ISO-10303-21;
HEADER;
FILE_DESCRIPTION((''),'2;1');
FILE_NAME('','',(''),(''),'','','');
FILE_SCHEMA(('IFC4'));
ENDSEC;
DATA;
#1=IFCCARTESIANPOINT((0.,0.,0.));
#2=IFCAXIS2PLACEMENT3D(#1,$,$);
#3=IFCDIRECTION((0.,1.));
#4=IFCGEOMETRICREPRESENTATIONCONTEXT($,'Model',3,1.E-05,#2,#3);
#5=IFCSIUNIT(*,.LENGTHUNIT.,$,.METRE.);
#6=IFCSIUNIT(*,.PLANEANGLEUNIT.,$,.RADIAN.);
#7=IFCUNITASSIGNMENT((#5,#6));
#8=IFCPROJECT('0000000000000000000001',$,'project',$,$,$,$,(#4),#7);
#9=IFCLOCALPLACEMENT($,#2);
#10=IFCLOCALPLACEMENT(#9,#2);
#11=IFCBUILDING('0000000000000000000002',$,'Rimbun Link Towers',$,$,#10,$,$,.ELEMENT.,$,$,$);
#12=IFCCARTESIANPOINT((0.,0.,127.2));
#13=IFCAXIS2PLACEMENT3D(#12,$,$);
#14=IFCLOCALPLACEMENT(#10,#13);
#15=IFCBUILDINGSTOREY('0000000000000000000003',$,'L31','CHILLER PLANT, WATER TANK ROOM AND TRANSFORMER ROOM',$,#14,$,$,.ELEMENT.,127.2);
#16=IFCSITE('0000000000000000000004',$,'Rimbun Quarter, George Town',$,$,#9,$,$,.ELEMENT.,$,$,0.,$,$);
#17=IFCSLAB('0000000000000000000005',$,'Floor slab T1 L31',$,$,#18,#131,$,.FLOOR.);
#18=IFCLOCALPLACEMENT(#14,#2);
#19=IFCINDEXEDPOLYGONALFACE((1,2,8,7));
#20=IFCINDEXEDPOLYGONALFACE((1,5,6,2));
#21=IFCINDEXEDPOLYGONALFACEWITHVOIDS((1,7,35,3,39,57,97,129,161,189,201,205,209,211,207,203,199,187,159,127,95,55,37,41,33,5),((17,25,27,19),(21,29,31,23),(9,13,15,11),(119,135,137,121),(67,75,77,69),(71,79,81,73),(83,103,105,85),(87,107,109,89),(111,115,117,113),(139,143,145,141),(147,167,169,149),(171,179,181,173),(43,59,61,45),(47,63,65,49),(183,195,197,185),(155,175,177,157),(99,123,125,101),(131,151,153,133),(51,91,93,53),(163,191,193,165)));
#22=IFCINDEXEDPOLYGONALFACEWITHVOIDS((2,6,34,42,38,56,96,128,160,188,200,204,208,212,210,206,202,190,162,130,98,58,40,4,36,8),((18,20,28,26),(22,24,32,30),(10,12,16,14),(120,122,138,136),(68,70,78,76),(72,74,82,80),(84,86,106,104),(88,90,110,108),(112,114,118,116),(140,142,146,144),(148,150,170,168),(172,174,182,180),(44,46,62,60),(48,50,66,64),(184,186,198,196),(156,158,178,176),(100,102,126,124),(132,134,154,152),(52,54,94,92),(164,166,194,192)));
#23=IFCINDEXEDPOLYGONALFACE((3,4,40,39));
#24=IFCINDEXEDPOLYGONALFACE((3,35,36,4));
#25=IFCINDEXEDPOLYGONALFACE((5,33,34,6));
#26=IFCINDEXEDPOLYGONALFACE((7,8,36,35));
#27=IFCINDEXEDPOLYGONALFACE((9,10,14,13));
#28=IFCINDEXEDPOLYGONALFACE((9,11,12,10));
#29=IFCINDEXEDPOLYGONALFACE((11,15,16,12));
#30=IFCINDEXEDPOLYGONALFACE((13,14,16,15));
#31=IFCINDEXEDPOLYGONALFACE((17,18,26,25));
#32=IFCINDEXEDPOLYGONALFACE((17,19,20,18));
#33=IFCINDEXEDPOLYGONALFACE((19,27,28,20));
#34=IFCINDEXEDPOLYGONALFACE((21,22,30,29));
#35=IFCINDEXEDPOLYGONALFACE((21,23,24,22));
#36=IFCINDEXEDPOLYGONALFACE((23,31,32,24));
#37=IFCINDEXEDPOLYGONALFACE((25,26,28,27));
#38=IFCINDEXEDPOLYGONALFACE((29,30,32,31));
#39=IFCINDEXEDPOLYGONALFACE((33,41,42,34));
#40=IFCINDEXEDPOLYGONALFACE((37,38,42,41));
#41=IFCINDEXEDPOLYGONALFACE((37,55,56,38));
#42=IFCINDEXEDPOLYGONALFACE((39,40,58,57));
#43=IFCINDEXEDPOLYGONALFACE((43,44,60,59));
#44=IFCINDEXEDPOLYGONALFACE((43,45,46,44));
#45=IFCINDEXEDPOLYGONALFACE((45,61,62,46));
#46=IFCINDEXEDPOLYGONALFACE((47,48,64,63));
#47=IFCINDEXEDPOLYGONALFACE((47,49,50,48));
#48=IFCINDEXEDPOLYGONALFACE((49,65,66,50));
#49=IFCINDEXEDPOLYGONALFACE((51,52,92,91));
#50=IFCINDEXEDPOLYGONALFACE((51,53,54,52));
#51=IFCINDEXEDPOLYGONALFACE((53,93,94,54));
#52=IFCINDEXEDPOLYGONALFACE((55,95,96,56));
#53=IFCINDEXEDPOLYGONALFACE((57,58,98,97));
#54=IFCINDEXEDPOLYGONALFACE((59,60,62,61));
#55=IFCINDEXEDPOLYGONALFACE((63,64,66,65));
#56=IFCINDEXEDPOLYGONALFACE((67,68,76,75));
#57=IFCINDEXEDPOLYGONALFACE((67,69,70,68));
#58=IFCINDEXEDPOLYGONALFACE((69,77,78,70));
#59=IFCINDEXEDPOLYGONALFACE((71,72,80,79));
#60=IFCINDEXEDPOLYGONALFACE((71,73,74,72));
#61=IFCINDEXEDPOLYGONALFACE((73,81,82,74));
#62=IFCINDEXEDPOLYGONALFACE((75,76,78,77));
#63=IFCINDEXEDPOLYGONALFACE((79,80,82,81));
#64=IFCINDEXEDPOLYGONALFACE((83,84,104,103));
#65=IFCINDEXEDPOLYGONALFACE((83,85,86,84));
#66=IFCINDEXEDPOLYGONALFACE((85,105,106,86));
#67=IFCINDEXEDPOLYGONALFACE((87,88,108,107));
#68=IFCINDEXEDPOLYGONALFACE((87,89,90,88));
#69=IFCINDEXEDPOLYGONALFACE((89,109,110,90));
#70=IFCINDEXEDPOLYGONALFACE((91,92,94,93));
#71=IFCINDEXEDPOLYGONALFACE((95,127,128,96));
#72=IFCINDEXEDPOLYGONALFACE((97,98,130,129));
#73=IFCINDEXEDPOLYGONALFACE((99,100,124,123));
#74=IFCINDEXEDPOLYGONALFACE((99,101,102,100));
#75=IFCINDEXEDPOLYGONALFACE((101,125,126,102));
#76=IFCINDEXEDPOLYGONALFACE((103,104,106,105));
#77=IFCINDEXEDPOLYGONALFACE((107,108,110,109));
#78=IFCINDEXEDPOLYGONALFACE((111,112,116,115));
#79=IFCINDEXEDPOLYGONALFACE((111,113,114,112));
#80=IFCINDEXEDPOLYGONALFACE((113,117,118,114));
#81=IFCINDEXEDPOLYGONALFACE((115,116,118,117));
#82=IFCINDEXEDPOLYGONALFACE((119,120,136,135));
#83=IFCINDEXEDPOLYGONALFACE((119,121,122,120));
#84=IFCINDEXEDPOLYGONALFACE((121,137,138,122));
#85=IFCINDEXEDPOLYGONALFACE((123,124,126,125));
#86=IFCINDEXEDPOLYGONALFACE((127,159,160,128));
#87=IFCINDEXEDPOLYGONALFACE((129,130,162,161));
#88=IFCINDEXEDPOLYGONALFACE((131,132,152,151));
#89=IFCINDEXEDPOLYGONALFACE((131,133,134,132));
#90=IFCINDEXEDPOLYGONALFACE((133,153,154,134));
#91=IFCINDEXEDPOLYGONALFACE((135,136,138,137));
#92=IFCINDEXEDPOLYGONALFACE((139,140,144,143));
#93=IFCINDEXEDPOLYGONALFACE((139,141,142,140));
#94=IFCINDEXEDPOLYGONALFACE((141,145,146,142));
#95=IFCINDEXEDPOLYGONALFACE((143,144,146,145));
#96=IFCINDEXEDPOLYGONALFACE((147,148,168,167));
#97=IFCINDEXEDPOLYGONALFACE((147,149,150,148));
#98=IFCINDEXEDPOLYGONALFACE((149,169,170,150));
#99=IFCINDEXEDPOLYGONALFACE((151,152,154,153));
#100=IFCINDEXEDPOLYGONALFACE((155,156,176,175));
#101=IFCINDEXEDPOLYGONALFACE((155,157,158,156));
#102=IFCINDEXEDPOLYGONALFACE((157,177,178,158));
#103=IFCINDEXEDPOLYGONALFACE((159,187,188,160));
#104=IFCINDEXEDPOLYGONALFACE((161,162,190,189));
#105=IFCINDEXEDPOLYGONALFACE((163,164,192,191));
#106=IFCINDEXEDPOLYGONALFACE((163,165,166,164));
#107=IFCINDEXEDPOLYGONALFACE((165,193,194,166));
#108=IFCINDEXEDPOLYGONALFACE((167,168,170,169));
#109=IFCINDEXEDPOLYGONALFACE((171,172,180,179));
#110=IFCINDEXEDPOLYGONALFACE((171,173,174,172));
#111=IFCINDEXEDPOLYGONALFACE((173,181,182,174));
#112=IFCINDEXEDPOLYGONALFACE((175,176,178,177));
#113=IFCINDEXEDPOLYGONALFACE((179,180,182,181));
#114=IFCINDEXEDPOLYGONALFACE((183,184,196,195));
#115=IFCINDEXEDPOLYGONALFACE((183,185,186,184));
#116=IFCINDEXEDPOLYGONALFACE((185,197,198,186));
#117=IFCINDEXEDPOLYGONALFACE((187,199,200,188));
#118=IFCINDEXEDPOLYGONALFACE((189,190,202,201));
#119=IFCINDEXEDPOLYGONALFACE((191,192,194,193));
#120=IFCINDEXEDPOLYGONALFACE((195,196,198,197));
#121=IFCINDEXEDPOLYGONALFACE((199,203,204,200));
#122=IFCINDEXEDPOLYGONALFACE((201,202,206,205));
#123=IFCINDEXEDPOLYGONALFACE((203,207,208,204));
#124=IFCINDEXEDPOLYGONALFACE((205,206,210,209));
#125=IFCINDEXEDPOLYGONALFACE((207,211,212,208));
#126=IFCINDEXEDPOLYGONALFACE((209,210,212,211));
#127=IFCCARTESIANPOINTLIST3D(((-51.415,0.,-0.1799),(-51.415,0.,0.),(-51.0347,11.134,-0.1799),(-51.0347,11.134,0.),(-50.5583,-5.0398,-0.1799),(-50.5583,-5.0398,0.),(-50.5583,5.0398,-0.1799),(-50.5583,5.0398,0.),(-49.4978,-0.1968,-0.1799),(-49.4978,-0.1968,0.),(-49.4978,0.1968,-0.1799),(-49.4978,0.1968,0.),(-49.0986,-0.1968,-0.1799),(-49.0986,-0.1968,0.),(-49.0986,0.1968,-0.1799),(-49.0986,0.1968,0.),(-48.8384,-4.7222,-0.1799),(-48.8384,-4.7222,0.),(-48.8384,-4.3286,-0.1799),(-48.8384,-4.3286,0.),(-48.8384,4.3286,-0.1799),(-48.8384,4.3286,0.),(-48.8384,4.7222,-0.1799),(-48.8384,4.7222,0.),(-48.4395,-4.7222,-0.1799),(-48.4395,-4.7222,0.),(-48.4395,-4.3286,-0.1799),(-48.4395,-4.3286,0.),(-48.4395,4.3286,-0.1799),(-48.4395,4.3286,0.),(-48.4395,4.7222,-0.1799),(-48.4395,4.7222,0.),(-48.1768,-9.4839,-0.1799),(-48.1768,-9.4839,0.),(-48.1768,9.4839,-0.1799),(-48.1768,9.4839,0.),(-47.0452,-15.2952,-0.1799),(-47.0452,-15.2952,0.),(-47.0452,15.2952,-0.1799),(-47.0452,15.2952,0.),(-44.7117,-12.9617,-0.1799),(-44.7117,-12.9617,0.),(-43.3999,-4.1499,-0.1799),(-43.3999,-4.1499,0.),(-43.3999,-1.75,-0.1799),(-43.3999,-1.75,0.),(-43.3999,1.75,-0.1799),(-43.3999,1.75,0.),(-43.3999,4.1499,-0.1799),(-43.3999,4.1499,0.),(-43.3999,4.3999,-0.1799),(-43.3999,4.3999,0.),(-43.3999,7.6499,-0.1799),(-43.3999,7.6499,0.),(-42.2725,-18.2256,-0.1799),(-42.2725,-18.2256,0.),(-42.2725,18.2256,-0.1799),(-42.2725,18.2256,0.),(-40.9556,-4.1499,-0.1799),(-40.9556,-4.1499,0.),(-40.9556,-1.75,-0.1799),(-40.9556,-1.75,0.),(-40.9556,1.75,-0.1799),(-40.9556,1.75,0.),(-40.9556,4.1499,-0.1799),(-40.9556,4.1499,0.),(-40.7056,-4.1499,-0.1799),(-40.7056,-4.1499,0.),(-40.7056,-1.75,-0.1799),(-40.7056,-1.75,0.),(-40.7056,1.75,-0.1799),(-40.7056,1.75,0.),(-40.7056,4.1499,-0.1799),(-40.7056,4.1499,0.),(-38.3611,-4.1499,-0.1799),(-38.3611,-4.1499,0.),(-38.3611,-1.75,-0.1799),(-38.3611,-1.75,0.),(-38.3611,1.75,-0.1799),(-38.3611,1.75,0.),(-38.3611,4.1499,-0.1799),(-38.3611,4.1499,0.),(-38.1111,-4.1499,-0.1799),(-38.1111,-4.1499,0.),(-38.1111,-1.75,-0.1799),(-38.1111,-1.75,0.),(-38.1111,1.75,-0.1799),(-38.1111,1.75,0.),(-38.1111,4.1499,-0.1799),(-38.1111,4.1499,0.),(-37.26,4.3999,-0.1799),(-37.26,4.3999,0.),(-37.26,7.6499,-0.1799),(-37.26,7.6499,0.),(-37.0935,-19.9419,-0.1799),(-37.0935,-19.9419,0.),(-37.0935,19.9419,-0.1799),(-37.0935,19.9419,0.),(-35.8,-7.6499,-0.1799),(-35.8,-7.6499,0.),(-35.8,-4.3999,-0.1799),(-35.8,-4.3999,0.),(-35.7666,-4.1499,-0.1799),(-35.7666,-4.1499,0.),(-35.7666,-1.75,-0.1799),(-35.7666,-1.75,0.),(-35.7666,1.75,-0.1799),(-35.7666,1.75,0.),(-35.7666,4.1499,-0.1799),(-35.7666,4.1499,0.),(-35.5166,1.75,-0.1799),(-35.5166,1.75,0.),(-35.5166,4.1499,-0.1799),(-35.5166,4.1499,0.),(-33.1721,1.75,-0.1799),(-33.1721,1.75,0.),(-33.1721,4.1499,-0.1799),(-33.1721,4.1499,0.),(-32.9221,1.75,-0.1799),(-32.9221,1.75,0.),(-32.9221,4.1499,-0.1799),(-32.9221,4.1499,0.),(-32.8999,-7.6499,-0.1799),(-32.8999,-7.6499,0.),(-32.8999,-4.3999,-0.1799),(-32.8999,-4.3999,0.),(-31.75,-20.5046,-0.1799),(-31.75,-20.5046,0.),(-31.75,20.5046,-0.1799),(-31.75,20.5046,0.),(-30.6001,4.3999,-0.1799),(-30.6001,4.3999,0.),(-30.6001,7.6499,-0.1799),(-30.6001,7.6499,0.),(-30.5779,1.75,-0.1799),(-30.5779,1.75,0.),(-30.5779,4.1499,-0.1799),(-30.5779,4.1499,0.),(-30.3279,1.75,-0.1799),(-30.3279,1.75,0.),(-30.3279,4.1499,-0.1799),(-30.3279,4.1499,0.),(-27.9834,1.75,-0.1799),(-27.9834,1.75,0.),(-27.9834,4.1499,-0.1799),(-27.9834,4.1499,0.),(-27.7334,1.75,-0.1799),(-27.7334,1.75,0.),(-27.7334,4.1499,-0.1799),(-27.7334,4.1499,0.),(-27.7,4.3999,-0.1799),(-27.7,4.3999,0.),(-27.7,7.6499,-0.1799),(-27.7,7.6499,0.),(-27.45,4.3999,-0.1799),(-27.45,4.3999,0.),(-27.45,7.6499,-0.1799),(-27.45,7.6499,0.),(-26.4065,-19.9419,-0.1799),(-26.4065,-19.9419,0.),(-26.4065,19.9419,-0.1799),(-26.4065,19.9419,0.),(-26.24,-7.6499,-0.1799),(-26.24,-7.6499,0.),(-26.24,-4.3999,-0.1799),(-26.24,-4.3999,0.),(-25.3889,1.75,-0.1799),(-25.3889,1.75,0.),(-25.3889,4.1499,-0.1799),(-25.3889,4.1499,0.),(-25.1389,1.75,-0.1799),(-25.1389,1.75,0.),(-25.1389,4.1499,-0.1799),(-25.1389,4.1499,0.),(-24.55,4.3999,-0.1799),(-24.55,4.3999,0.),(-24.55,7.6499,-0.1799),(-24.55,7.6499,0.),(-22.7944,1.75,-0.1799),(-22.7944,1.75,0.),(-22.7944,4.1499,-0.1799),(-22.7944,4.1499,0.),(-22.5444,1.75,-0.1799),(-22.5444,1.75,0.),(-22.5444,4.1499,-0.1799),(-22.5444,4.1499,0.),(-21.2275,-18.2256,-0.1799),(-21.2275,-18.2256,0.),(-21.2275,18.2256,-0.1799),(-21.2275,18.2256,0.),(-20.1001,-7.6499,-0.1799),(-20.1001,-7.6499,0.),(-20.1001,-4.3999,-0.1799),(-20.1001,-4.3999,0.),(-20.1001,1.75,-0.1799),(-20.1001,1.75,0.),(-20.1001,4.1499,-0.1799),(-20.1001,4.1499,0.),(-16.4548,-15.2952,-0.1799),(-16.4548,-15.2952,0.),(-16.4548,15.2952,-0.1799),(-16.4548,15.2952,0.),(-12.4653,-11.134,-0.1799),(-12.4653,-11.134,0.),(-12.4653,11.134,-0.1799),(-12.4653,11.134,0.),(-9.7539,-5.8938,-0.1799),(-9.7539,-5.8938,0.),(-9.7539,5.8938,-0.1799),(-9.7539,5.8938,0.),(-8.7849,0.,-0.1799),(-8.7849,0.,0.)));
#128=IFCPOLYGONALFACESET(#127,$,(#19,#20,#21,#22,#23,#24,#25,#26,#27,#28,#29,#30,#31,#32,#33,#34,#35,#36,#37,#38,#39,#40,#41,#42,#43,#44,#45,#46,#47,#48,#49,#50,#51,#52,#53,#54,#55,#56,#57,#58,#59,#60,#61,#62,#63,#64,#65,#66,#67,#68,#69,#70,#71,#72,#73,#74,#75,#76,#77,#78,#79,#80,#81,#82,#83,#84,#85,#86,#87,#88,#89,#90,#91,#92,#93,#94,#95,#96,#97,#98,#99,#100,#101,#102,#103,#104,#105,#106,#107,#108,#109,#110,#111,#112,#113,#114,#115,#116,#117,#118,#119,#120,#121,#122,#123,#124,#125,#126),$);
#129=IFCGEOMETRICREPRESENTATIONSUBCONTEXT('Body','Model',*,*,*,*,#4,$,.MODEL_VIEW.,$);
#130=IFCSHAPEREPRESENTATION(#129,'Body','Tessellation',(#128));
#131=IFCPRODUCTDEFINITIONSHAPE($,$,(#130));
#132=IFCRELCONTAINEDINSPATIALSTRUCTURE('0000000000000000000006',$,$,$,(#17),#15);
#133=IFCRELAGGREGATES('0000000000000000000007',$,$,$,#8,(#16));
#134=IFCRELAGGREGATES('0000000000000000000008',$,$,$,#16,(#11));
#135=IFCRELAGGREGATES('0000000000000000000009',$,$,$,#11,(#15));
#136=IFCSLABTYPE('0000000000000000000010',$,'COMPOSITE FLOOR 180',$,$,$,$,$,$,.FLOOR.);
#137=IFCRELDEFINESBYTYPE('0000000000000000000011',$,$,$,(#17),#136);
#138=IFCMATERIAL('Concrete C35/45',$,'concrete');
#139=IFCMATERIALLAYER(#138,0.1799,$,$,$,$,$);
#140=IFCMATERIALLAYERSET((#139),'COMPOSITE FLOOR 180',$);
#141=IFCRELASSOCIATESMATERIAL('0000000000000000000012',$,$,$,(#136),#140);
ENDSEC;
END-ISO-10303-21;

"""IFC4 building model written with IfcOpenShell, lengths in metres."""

from ifc_helpers import new_model, si_unit, direction, frame, origin, place, context, subcontext, project, spatial, polyline, outline, extrude, material, layer, layer_set, type_object, element, save


model = new_model("IFC4")

# Units and contexts
model_context = context("Model", 3, precision=1e-05, world=origin(), true_north=direction((0.0, 1.0)))
body_context = subcontext(model_context, "Body", "Model", "MODEL_VIEW")
ifc_project = project(units=[si_unit("LENGTHUNIT", "METRE"), si_unit("PLANEANGLEUNIT", "RADIAN")], contexts=[model_context])

# Site, building, storey
site_placement = place(None, origin())
site = spatial("IfcSite", under=ifc_project, at=site_placement, Name="Rimbun Quarter, George Town", CompositionType="ELEMENT", RefElevation=0.0)
building_placement = place(site_placement, origin())
building = spatial("IfcBuilding", under=site, at=building_placement, Name="Rimbun Link Towers", CompositionType="ELEMENT")
storey_placement = place(building_placement, frame((0.0, 0.0, 127.2)))
storey = spatial("IfcBuildingStorey", under=building, at=storey_placement, Name="L31", Description="CHILLER PLANT, WATER TANK ROOM AND TRANSFORMER ROOM", CompositionType="ELEMENT", Elevation=127.2)

# Slab
ifc_material_1 = material(Name="Concrete C35/45", Category="concrete")
ifc_layer_1 = layer(ifc_material_1, 0.1799)
ifc_layer_set_1 = layer_set([ifc_layer_1], Name="COMPOSITE FLOOR 180")
slab_type = type_object("IfcSlabType", Name="COMPOSITE FLOOR 180", PredefinedType="FLOOR", material=ifc_layer_set_1)
slab_1_placement = place(storey_placement, frame((0.0, 0.0, -0.1799)))
element("IfcSlab", 1, at=slab_1_placement, inside=storey, type_object=slab_type, Name="Floor slab T1 L31", PredefinedType="FLOOR", context=body_context, shape_type="SweptSolid", body=[
    extrude(outline(polyline([(-47.0452, 15.2952), (-42.2725, 18.2256), (-37.0935, 19.9419), (-31.75, 20.5046), (-26.4065, 19.9419), (-21.2275, 18.2256), (-16.4548, 15.2952), (-12.4653, 11.134), (-9.7539, 5.8938), (-8.7849, 0.0), (-9.7539, -5.8938), (-12.4653, -11.134), (-16.4548, -15.2952), (-21.2275, -18.2256), (-26.4065, -19.9419), (-31.75, -20.5046), (-37.0935, -19.9419), (-42.2725, -18.2256), (-47.0452, -15.2952), (-44.7117, -12.9617), (-48.1768, -9.4839), (-50.5583, -5.0398), (-51.415, 0.0), (-50.5583, 5.0398), (-48.1768, 9.4839), (-51.0347, 11.134), (-47.0452, 15.2952)]), holes=[polyline([(-48.4395, -4.7222), (-48.4395, -4.3286), (-48.8384, -4.3286), (-48.8384, -4.7222), (-48.4395, -4.7222)]), polyline([(-40.9556, -4.1499), (-40.9556, -1.75), (-43.3999, -1.75), (-43.3999, -4.1499), (-40.9556, -4.1499)]), polyline([(-38.3611, -4.1499), (-38.3611, -1.75), (-40.7056, -1.75), (-40.7056, -4.1499), (-38.3611, -4.1499)]), polyline([(-38.1111, -4.1499), (-35.7666, -4.1499), (-35.7666, -1.75), (-38.1111, -1.75), (-38.1111, -4.1499)]), polyline([(-49.4978, -0.1968), (-49.0986, -0.1968), (-49.0986, 0.1968), (-49.4978, 0.1968), (-49.4978, -0.1968)]), polyline([(-40.9556, 1.75), (-40.9556, 4.1499), (-43.3999, 4.1499), (-43.3999, 1.75), (-40.9556, 1.75)]), polyline([(-38.3611, 1.75), (-38.3611, 4.1499), (-40.7056, 4.1499), (-40.7056, 1.75), (-38.3611, 1.75)]), polyline([(-35.7666, 1.75), (-35.7666, 4.1499), (-38.1111, 4.1499), (-38.1111, 1.75), (-35.7666, 1.75)]), polyline([(-48.8384, 4.3286), (-48.4395, 4.3286), (-48.4395, 4.7222), (-48.8384, 4.7222), (-48.8384, 4.3286)]), polyline([(-43.3999, 4.3999), (-37.26, 4.3999), (-37.26, 7.6499), (-43.3999, 7.6499), (-43.3999, 4.3999)]), polyline([(-32.8999, -7.6499), (-32.8999, -4.3999), (-35.8, -4.3999), (-35.8, -7.6499), (-32.8999, -7.6499)]), polyline([(-20.1001, -7.6499), (-20.1001, -4.3999), (-26.24, -4.3999), (-26.24, -7.6499), (-20.1001, -7.6499)]), polyline([(-33.1721, 1.75), (-33.1721, 4.1499), (-35.5166, 4.1499), (-35.5166, 1.75), (-33.1721, 1.75)]), polyline([(-32.9221, 1.75), (-30.5779, 1.75), (-30.5779, 4.1499), (-32.9221, 4.1499), (-32.9221, 1.75)]), polyline([(-30.3279, 1.75), (-27.9834, 1.75), (-27.9834, 4.1499), (-30.3279, 4.1499), (-30.3279, 1.75)]), polyline([(-25.3889, 1.75), (-25.3889, 4.1499), (-27.7334, 4.1499), (-27.7334, 1.75), (-25.3889, 1.75)]), polyline([(-22.7944, 1.75), (-22.7944, 4.1499), (-25.1389, 4.1499), (-25.1389, 1.75), (-22.7944, 1.75)]), polyline([(-20.1001, 1.75), (-20.1001, 4.1499), (-22.5444, 4.1499), (-22.5444, 1.75), (-20.1001, 1.75)]), polyline([(-30.6001, 4.3999), (-27.7, 4.3999), (-27.7, 7.6499), (-30.6001, 7.6499), (-30.6001, 4.3999)]), polyline([(-27.45, 4.3999), (-24.55, 4.3999), (-24.55, 7.6499), (-27.45, 7.6499), (-27.45, 4.3999)])]), origin(), (0.0, 0.0, 1.0), 0.1799),
])

save(model, "model.ifc")
